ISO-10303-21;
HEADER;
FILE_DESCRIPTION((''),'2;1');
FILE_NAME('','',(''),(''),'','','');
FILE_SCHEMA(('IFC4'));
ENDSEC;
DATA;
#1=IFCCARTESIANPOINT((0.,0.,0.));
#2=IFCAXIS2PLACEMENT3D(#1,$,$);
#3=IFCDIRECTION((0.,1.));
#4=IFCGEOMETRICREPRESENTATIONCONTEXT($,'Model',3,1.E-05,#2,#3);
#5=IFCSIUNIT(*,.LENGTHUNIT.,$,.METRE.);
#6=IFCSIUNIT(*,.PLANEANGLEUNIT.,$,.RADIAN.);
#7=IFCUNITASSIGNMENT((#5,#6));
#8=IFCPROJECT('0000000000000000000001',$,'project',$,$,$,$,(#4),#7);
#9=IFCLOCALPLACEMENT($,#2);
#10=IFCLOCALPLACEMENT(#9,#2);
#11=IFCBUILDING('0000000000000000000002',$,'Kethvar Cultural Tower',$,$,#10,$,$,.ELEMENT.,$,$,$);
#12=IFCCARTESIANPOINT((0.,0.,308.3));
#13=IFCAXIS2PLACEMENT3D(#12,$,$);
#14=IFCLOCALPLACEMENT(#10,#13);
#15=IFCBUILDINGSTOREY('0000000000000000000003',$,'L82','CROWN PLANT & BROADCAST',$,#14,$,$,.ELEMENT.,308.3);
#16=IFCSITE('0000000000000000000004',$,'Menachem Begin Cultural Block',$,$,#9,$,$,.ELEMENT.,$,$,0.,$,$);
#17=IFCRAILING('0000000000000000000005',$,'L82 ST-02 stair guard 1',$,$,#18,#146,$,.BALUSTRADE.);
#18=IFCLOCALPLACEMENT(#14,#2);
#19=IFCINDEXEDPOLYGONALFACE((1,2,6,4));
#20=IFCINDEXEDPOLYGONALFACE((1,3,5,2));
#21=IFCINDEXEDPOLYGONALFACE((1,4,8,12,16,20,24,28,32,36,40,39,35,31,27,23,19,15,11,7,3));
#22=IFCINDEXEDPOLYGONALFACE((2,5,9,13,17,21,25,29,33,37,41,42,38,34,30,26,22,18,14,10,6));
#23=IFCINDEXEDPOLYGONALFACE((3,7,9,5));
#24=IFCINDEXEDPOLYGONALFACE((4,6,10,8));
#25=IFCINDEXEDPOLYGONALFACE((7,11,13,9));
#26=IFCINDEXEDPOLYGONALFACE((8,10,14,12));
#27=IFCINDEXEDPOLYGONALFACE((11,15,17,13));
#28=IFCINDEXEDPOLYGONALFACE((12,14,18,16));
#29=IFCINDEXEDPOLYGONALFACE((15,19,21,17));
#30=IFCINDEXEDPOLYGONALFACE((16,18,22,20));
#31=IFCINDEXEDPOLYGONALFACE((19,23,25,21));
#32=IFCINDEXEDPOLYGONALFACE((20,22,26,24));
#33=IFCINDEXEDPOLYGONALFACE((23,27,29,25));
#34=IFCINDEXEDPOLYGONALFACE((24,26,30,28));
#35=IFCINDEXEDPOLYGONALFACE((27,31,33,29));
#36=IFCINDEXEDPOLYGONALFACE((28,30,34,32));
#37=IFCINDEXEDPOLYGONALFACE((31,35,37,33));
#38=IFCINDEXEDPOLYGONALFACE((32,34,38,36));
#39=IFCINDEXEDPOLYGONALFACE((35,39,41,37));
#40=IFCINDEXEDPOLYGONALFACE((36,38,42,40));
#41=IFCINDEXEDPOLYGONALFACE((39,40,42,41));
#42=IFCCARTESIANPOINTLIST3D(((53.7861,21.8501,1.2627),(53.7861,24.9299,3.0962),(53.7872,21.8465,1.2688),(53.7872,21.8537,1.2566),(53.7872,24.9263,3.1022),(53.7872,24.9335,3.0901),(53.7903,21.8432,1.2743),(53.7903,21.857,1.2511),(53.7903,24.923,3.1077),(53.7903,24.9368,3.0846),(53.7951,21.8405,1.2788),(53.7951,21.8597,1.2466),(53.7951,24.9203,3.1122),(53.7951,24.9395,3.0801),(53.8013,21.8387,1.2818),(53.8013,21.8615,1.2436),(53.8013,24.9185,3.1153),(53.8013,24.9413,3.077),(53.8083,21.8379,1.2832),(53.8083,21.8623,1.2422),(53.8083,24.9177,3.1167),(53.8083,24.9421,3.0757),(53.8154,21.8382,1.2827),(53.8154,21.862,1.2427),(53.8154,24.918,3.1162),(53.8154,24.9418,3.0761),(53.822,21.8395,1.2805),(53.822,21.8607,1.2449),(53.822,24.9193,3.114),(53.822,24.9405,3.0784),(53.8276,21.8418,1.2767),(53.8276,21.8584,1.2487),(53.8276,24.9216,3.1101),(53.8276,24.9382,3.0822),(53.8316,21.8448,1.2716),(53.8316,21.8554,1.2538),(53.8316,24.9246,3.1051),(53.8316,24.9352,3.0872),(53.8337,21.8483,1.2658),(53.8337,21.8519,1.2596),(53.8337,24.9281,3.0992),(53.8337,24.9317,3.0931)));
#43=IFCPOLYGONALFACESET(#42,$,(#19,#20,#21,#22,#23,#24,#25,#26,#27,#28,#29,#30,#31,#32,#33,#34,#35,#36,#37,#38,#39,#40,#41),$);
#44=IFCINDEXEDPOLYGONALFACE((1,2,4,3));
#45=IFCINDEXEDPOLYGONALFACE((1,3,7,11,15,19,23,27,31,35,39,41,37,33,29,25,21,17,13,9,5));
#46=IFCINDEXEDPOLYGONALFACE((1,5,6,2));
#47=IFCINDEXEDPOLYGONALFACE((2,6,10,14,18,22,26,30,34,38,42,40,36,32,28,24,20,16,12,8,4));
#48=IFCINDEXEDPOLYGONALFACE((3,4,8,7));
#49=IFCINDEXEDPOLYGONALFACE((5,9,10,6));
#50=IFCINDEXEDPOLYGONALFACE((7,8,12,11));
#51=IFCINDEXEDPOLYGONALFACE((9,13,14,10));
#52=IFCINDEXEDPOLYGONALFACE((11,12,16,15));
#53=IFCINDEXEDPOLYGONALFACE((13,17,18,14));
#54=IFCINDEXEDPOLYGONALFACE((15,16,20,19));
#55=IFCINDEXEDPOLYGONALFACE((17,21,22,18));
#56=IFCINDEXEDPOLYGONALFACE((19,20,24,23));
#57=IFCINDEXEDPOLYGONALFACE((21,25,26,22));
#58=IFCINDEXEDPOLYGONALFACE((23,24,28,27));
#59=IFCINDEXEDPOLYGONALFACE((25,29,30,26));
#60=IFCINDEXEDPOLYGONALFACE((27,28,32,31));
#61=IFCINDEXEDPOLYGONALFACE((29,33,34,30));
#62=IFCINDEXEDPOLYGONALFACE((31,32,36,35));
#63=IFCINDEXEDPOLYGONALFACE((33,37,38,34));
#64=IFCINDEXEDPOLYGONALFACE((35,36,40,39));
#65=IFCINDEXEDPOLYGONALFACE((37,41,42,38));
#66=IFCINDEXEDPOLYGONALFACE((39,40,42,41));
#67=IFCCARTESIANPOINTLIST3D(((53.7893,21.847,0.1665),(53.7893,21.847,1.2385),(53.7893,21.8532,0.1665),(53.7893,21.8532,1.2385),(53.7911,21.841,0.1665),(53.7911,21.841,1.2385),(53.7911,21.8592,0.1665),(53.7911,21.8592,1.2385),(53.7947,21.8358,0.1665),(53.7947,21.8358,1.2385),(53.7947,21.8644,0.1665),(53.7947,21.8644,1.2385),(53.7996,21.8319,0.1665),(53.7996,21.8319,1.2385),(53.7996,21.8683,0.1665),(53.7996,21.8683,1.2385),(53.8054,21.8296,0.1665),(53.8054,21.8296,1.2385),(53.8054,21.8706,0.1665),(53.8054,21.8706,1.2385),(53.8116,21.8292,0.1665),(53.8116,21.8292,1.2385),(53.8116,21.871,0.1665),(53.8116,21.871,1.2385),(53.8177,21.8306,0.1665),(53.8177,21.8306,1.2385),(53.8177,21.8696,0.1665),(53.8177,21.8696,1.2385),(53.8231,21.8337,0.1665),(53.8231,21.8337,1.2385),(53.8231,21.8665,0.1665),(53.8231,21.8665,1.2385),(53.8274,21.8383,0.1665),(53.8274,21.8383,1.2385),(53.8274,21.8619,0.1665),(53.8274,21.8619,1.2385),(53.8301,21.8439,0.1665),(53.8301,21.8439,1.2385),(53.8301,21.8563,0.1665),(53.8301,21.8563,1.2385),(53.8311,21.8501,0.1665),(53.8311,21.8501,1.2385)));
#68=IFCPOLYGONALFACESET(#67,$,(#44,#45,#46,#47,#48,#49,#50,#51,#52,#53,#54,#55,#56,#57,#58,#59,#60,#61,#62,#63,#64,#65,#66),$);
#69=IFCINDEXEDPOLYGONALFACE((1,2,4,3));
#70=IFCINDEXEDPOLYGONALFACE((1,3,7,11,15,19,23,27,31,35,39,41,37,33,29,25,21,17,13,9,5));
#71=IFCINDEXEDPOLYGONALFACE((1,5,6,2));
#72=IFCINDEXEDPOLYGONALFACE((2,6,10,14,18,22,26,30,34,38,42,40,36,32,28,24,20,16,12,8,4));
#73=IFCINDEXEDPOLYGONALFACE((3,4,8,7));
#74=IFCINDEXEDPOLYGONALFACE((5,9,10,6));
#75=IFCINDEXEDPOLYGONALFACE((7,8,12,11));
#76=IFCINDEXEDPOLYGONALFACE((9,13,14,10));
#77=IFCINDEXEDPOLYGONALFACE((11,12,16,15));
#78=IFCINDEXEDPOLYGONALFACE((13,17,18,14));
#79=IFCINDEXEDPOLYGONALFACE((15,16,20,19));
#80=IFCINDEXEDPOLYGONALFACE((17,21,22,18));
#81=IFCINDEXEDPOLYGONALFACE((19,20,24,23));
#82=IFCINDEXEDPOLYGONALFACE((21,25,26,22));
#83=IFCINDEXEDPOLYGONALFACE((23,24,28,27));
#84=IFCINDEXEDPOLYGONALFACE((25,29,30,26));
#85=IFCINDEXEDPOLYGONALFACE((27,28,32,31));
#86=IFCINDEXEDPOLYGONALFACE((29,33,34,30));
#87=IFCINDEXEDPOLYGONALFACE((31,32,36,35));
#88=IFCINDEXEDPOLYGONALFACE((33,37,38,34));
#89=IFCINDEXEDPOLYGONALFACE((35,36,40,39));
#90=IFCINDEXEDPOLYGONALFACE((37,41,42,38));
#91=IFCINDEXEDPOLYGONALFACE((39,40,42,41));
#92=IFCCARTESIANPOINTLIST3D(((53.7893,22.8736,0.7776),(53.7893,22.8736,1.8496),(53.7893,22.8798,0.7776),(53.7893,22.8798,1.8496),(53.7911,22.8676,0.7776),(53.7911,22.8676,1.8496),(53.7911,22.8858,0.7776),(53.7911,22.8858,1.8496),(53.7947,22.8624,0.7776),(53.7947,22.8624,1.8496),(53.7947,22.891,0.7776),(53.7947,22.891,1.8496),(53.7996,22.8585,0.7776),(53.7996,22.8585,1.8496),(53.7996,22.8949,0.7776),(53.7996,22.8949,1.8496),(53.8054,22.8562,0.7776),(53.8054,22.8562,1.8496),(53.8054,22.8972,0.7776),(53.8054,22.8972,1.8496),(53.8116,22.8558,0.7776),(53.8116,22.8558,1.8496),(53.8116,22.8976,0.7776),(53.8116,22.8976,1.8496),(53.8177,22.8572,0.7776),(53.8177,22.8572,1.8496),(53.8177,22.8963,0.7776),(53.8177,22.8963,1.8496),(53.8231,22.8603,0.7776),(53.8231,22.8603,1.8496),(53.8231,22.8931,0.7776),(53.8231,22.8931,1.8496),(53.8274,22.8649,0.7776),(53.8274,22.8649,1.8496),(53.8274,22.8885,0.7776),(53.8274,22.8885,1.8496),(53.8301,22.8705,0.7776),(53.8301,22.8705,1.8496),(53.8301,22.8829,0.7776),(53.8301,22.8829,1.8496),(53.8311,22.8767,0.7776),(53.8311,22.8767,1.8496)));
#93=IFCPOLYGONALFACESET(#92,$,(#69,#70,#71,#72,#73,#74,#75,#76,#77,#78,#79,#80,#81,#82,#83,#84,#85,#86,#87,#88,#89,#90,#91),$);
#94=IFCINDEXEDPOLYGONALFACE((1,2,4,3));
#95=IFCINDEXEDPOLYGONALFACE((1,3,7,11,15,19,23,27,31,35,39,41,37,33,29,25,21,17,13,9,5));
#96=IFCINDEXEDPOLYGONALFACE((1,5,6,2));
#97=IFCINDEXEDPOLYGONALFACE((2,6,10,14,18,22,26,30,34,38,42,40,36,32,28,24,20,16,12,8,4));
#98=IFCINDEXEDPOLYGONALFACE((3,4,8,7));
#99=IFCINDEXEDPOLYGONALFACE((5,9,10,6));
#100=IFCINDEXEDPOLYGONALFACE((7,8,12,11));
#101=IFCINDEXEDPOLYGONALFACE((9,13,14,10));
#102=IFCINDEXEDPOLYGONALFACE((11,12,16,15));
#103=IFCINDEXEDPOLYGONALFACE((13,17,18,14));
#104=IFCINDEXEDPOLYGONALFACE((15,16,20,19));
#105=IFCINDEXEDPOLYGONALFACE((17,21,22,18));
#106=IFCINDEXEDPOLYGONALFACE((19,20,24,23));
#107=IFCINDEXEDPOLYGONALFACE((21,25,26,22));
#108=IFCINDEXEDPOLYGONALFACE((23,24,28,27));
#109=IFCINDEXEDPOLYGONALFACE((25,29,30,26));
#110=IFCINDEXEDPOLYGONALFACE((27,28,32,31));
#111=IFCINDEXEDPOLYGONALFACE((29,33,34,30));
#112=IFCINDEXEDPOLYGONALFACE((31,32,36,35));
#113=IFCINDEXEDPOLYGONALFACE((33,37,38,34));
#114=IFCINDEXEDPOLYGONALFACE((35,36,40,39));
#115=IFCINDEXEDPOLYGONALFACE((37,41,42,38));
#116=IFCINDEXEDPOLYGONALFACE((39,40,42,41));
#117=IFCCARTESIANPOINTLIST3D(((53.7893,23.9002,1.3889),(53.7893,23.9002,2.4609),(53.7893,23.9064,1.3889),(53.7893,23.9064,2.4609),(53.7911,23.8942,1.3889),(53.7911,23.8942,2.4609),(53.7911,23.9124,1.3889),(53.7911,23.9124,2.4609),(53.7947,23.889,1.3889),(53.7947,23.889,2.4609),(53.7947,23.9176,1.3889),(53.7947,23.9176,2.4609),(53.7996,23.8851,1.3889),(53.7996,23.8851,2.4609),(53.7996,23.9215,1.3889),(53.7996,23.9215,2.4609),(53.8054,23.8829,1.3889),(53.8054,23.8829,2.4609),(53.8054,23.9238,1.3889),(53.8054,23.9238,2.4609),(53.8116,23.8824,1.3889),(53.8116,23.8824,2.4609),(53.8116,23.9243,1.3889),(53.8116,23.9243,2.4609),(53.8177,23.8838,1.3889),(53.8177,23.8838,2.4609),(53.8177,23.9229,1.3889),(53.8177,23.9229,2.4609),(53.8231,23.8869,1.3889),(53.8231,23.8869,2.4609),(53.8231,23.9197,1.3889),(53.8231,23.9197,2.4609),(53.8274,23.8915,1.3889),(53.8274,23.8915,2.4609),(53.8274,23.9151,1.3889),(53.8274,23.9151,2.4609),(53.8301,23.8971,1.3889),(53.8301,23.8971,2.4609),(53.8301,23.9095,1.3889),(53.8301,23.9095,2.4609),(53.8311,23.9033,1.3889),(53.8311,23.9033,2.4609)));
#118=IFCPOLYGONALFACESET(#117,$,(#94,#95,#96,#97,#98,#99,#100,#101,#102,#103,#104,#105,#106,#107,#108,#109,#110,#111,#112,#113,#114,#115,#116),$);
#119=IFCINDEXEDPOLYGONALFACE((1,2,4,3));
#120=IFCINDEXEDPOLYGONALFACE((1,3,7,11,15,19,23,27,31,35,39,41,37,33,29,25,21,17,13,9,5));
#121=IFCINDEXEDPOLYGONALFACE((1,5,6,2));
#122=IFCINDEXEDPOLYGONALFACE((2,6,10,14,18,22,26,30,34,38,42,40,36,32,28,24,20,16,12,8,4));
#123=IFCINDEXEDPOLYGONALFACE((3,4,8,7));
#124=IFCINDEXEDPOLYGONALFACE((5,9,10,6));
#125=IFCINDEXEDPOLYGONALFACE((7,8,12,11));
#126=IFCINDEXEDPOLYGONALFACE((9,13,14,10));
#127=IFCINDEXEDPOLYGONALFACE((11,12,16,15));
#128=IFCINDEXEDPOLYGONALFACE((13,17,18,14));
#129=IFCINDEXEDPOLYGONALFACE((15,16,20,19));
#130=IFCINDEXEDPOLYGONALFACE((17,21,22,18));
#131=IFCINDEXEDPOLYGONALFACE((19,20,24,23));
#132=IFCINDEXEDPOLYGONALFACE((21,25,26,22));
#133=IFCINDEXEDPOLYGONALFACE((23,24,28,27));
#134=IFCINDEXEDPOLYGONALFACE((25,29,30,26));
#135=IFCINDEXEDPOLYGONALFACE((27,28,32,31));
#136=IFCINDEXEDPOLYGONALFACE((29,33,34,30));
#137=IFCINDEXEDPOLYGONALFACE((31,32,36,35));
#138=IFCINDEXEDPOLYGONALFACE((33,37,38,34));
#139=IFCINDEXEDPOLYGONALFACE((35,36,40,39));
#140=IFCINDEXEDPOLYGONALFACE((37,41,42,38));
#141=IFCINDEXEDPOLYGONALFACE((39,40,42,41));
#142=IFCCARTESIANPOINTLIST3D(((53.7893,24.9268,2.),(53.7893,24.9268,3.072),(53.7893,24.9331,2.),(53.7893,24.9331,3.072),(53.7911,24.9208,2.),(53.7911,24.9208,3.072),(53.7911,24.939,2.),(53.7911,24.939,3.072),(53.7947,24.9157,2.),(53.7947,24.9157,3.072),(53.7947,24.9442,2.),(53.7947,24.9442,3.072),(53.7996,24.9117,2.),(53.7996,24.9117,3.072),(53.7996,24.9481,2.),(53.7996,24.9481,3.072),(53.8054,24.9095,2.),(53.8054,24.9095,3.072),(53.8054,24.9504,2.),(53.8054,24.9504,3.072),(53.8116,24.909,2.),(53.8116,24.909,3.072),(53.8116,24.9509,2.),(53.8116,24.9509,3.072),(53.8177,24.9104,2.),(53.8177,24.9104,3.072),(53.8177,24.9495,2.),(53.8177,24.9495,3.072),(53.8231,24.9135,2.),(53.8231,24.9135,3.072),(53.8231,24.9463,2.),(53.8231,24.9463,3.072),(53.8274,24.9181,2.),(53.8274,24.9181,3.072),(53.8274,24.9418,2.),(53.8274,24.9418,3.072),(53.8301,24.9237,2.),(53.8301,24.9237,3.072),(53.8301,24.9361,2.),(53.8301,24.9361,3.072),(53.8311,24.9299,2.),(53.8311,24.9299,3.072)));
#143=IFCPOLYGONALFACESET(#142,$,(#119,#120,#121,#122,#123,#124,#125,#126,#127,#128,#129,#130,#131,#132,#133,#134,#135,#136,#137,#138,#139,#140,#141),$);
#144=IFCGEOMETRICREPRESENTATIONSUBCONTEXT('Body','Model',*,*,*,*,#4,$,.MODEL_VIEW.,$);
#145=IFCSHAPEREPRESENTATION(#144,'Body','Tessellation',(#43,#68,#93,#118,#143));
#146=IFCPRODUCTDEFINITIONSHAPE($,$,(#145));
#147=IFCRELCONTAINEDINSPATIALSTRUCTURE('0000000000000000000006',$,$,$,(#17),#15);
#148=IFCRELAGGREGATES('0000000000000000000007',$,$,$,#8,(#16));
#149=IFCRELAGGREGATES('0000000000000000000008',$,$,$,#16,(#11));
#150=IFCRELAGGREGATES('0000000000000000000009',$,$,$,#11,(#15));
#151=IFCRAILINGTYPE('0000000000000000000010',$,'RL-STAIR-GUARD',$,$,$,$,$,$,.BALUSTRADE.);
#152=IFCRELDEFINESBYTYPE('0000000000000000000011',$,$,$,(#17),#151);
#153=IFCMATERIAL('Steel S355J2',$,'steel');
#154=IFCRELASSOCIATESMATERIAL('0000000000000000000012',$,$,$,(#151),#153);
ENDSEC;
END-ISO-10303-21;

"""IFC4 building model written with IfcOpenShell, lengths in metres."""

from ifc_helpers import new_model, si_unit, direction, frame, origin, origin_2d, place, context, subcontext, project, spatial, circle, extrude, material, type_object, element, save


model = new_model("IFC4")

# Units and contexts
model_context = context("Model", 3, precision=1e-05, world=origin(), true_north=direction((0.0, 1.0)))
body_context = subcontext(model_context, "Body", "Model", "MODEL_VIEW")
ifc_project = project(units=[si_unit("LENGTHUNIT", "METRE"), si_unit("PLANEANGLEUNIT", "RADIAN")], contexts=[model_context])

# Site, building, storey
site_placement = place(None, origin())
site = spatial("IfcSite", under=ifc_project, at=site_placement, Name="Menachem Begin Cultural Block", CompositionType="ELEMENT", RefElevation=0.0)
building_placement = place(site_placement, origin())
building = spatial("IfcBuilding", under=site, at=building_placement, Name="Kethvar Cultural Tower", CompositionType="ELEMENT")
storey_placement = place(building_placement, frame((0.0, 0.0, 308.3)))
storey = spatial("IfcBuildingStorey", under=building, at=storey_placement, Name="L82", Description="CROWN PLANT & BROADCAST", CompositionType="ELEMENT", Elevation=308.3)

# Shared definitions
ifc_material_1 = material(Name="Steel S355J2", Category="steel")

# Railing
railing_type_1 = type_object("IfcRailingType", Name="RL-STAIR-GUARD", PredefinedType="BALUSTRADE", material=ifc_material_1)
railing_1_placement = place(storey_placement, frame((53.8101, 21.8501, 0.1665)))
element("IfcRailing", 1, at=railing_1_placement, inside=storey, type_object=railing_type_1, Name="L82 ST-02 stair guard 1", PredefinedType="BALUSTRADE", context=body_context, shape_type="SweptSolid", body=[
    extrude(circle(Radius=0.0239, at=origin_2d()), frame((0.0, 0.0, 1.0962), z_axis=(0.0, 0.859261, 0.511538), x_axis=(-1.0, 0.0, 0.0)), (0.0, 0.0, 1.0), 3.5842),
    extrude(circle(Radius=0.021, at=origin_2d()), origin(), (0.0, 0.0, 1.0), 1.072),
    extrude(circle(Radius=0.021, at=origin_2d()), frame((0.0, 1.0266, 0.6111)), (0.0, 0.0, 1.0), 1.072),
    extrude(circle(Radius=0.021, at=origin_2d()), frame((0.0, 2.0532, 1.2224)), (0.0, 0.0, 1.0), 1.072),
    extrude(circle(Radius=0.021, at=origin_2d()), frame((0.0, 3.0798, 1.8335)), (0.0, 0.0, 1.0), 1.072),
])

save(model, "model.ifc")
